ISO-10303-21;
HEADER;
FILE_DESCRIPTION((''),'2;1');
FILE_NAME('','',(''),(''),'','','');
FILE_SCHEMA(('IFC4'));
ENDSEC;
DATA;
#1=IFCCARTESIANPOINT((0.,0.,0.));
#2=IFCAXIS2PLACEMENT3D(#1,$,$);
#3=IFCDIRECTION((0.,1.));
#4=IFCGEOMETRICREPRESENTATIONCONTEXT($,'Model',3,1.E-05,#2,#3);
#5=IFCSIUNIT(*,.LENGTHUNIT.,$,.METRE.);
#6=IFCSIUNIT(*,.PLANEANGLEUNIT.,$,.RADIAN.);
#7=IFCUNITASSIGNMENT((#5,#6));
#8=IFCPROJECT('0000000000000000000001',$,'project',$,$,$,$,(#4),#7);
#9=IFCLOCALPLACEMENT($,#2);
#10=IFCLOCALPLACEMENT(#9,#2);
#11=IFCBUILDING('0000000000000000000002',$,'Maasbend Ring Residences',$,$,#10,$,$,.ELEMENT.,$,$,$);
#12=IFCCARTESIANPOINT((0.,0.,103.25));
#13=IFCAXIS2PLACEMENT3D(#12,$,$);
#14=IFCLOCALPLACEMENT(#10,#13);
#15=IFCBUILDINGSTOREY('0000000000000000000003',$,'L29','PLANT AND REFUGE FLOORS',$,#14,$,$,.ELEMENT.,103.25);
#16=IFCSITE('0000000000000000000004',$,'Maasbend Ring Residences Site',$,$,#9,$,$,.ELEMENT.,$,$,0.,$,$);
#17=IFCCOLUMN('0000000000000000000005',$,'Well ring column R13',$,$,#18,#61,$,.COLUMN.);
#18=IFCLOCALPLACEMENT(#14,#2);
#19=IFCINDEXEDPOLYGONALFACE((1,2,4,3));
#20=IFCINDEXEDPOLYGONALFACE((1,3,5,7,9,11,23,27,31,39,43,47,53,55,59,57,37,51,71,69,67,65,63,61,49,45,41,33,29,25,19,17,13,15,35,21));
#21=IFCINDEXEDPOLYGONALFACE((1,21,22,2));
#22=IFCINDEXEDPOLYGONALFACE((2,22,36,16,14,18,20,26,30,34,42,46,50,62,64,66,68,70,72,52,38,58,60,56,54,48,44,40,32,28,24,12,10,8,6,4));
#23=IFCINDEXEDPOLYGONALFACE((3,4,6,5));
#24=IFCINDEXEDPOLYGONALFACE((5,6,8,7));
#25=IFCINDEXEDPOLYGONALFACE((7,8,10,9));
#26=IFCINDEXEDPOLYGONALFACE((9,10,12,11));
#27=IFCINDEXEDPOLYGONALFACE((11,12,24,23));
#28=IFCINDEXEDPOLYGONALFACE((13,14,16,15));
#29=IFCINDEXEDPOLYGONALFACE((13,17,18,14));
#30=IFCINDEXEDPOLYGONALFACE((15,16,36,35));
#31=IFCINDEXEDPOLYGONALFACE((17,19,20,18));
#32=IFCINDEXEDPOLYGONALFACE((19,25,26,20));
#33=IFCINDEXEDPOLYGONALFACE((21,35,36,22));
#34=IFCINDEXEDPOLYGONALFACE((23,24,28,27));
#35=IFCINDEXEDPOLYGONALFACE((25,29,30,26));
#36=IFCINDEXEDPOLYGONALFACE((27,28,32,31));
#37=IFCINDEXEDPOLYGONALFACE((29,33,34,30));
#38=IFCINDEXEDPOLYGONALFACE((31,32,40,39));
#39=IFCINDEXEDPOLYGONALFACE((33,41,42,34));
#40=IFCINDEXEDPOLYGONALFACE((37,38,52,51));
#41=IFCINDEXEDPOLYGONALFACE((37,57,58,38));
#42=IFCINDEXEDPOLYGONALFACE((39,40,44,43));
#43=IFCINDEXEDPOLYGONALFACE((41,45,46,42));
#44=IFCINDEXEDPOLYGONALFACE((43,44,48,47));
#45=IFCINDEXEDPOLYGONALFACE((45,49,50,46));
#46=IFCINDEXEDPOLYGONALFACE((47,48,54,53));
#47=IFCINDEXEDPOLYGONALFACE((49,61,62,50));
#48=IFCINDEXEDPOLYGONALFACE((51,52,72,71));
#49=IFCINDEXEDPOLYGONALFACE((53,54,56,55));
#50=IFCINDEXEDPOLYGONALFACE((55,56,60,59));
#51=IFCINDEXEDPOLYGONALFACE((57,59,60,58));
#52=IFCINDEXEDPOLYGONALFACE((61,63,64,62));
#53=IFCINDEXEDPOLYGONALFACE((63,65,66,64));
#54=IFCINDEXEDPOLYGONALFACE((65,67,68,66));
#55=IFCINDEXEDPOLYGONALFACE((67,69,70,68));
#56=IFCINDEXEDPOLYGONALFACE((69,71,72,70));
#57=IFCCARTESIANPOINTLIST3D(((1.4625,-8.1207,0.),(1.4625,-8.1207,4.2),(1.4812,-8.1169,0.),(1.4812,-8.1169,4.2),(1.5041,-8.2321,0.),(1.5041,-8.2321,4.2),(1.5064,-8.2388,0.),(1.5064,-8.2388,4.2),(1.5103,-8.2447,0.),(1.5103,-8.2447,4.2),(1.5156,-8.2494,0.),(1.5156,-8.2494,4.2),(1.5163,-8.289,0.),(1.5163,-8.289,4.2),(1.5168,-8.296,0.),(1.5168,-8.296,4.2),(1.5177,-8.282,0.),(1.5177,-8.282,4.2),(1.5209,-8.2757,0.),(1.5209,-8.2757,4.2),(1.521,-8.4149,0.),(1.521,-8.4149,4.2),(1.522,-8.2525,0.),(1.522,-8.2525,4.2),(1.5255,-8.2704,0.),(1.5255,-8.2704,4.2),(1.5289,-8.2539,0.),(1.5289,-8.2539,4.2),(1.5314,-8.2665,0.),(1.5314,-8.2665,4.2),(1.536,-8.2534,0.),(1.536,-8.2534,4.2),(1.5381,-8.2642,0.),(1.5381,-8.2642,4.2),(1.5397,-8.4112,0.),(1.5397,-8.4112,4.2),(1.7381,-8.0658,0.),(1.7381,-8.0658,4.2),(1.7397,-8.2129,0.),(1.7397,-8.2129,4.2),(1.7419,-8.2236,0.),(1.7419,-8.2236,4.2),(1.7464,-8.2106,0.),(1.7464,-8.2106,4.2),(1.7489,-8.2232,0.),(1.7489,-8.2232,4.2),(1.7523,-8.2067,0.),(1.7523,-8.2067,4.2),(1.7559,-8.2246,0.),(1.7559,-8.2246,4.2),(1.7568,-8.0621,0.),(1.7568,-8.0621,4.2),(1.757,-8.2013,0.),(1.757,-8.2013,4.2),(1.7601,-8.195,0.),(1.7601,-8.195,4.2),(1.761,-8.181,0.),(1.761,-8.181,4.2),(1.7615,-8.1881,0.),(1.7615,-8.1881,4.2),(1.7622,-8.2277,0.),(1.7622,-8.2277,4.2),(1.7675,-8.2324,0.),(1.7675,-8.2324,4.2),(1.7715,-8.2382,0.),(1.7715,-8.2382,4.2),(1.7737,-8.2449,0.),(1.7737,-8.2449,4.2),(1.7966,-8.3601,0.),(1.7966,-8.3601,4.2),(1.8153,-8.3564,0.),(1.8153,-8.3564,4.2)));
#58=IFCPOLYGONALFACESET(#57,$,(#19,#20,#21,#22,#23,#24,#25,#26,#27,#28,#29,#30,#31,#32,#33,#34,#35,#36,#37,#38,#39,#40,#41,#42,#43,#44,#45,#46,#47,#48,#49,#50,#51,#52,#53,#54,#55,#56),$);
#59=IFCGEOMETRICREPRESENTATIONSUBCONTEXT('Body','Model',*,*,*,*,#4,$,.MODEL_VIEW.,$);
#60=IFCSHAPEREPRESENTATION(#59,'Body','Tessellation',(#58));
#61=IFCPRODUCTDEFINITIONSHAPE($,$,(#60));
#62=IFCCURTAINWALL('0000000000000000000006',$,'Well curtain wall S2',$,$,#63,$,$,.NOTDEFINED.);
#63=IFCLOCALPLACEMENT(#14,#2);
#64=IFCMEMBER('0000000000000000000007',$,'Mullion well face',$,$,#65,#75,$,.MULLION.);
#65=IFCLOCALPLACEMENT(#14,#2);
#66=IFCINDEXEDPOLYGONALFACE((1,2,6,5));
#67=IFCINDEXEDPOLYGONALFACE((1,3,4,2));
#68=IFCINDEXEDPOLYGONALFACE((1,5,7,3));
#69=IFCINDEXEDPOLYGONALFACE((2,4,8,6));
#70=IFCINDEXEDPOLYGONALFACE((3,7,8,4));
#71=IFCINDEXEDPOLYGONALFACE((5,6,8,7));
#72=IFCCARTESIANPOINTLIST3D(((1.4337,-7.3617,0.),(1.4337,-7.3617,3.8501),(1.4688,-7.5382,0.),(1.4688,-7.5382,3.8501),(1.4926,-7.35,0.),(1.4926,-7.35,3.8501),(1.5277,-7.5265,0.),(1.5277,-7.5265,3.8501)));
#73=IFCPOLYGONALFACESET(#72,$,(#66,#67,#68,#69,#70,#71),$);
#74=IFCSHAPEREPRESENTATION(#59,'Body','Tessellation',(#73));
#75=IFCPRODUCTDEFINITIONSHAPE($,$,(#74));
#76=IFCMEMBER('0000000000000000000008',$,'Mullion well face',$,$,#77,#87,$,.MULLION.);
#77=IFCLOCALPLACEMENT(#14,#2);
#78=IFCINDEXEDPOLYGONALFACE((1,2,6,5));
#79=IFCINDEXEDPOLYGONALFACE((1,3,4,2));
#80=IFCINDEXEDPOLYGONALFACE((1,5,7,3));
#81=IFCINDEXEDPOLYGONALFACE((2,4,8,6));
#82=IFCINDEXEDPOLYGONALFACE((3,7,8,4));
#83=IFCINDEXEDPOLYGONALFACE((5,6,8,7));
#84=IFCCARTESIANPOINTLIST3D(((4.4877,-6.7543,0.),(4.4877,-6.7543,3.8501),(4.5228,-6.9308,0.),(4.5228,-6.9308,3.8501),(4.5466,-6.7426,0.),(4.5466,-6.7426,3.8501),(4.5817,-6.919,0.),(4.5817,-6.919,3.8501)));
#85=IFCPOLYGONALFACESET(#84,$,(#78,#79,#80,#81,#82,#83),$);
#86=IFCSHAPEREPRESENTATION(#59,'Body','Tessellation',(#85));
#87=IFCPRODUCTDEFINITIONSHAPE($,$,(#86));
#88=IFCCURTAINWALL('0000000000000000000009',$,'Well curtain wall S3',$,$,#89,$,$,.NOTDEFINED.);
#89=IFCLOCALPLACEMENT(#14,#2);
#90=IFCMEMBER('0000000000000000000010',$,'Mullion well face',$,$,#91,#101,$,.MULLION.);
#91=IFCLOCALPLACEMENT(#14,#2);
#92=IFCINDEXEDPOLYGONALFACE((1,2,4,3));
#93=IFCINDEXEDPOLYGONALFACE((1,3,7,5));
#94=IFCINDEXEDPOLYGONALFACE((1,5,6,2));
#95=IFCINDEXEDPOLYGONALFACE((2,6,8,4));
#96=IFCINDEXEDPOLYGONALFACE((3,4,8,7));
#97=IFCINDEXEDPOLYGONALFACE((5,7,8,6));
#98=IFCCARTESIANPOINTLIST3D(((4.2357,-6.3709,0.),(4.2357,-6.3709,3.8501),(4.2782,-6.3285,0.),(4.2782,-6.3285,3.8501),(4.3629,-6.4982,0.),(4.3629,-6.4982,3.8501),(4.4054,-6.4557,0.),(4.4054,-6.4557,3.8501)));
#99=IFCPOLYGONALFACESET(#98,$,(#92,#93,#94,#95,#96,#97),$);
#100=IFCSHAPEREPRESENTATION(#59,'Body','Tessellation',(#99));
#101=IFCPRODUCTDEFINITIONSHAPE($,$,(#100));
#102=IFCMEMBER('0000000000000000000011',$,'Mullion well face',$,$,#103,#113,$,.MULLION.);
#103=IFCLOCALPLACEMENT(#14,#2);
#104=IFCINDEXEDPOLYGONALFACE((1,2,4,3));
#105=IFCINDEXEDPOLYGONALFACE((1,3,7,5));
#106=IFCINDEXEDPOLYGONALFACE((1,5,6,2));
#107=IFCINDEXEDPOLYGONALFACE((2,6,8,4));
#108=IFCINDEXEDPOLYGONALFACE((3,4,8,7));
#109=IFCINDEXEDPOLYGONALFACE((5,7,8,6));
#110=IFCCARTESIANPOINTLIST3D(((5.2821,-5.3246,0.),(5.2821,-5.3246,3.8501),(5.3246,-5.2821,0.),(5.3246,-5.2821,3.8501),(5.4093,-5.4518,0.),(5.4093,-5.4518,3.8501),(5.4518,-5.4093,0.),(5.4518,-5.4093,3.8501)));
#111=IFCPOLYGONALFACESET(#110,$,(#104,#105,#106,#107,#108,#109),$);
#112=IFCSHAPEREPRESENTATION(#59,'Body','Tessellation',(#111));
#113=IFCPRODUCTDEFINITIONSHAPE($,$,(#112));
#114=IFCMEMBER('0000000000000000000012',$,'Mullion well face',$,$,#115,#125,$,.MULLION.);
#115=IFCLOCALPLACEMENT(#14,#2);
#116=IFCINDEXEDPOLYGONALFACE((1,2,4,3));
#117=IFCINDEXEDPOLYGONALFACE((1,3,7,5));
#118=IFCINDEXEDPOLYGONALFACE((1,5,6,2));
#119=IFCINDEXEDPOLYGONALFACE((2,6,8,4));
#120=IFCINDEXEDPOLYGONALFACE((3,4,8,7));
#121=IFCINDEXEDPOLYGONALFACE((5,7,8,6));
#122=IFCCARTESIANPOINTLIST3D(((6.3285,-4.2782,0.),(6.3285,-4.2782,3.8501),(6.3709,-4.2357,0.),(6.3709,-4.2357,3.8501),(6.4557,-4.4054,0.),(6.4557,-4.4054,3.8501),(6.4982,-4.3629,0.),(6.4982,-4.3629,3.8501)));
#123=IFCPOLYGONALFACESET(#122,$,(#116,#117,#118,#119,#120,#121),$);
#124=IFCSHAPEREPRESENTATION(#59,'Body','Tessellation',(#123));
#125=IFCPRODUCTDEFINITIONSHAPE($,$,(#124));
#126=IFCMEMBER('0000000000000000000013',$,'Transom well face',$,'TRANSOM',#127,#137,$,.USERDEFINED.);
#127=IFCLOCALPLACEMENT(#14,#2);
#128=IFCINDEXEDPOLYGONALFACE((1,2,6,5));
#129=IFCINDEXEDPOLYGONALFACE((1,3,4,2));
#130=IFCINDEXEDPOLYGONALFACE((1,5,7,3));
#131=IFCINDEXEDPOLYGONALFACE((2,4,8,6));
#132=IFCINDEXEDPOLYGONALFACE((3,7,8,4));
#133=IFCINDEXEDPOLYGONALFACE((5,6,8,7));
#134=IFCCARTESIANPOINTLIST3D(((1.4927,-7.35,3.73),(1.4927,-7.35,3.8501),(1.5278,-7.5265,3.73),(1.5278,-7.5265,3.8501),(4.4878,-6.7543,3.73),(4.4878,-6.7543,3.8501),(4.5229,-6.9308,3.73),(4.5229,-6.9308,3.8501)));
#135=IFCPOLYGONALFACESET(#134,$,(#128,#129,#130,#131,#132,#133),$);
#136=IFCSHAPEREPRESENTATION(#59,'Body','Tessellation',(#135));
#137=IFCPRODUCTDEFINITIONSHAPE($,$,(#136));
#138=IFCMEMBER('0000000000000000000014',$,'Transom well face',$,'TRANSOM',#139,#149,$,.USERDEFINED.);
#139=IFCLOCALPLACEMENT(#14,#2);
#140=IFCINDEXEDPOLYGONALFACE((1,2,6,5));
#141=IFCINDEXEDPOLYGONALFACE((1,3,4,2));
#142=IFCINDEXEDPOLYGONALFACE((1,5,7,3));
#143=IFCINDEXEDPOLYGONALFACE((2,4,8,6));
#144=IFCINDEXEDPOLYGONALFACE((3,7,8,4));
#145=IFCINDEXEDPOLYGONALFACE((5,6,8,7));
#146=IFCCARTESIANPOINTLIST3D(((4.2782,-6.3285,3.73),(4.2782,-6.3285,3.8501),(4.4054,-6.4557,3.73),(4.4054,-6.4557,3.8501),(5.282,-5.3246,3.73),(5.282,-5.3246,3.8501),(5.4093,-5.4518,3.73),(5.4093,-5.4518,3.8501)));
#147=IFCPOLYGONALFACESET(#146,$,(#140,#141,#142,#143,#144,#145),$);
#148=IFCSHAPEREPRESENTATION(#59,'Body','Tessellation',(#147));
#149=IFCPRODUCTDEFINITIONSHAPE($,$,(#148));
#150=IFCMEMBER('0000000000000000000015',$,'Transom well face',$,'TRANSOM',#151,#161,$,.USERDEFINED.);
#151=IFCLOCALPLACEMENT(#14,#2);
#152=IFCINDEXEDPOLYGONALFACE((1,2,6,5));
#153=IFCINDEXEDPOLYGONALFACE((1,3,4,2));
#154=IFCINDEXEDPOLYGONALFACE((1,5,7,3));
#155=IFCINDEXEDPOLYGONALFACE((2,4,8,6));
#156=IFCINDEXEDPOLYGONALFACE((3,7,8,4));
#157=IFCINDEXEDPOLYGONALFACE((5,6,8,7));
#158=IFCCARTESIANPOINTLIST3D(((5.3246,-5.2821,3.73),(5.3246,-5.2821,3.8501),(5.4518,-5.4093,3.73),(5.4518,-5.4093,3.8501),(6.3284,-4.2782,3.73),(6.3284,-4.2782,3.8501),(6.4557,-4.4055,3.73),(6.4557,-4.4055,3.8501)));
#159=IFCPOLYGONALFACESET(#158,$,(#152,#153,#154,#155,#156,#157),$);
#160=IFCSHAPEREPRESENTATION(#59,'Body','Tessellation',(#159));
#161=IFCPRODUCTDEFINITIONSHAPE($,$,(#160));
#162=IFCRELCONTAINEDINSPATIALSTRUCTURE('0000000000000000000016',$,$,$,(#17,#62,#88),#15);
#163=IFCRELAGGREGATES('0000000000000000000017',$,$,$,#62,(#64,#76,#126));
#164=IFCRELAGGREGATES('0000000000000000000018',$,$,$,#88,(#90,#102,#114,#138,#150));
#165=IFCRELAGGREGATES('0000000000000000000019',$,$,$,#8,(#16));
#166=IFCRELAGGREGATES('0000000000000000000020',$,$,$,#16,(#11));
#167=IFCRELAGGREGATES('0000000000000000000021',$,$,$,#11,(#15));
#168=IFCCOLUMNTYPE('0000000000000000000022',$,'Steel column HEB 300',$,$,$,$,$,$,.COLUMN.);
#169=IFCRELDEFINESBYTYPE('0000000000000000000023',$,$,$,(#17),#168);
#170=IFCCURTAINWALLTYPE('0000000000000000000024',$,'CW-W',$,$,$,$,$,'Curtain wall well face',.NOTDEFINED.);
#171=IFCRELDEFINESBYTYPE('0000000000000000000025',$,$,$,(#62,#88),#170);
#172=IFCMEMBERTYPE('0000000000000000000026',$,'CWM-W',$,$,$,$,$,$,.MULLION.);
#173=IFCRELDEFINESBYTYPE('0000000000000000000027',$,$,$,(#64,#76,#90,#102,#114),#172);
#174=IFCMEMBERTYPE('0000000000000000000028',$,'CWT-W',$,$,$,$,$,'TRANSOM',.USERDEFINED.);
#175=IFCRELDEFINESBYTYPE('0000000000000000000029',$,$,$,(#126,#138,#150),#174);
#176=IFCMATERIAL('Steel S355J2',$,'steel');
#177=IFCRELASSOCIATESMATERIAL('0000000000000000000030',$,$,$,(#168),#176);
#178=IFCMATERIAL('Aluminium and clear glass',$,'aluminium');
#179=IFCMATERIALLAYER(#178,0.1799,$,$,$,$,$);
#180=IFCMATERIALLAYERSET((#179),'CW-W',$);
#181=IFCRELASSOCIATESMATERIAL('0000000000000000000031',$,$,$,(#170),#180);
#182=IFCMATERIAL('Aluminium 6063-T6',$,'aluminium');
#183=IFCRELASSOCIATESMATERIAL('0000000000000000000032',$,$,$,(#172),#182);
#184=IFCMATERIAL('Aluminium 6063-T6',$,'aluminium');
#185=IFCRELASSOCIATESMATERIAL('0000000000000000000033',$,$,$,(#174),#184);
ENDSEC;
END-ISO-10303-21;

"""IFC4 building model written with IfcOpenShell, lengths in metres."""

from ifc_helpers import new_model, si_unit, direction, frame, origin, origin_2d, place, context, subcontext, project, spatial, rectangle, i_section, extrude, material, layer, layer_set, material_profile, profile_set, type_object, element, aggregate, save


model = new_model("IFC4")

# Units and contexts
model_context = context("Model", 3, precision=1e-05, world=origin(), true_north=direction((0.0, 1.0)))
body_context = subcontext(model_context, "Body", "Model", "MODEL_VIEW")
ifc_project = project(units=[si_unit("LENGTHUNIT", "METRE"), si_unit("PLANEANGLEUNIT", "RADIAN")], contexts=[model_context])

# Site, building, storey
site_placement = place(None, origin())
site = spatial("IfcSite", under=ifc_project, at=site_placement, Name="Maasbend Ring Residences Site", CompositionType="ELEMENT", RefElevation=0.0)
building_placement = place(site_placement, origin())
building = spatial("IfcBuilding", under=site, at=building_placement, Name="Maasbend Ring Residences", CompositionType="ELEMENT")
storey_placement = place(building_placement, frame((0.0, 0.0, 103.25)))
storey = spatial("IfcBuildingStorey", under=building, at=storey_placement, Name="L29", Description="PLANT AND REFUGE FLOORS", CompositionType="ELEMENT", Elevation=103.25)

# Column
ifc_material_1 = material(Name="Steel S355J2", Category="steel")
ifc_material_profile_1 = material_profile(ifc_material_1, i_section(OverallWidth=0.3, OverallDepth=0.3, WebThickness=0.011, FlangeThickness=0.019, FilletRadius=0.0271, at=origin_2d()), Name="HEB 300")
ifc_profile_set_1 = profile_set([ifc_material_profile_1], Name="Steel S355J2")
column_type = type_object("IfcColumnType", Name="Steel column HEB 300", PredefinedType="COLUMN", material=ifc_profile_set_1)
column_placement = place(storey_placement, frame((1.6389, -8.2385, 0.0), z_axis=(0.0, 0.0, 1.0), x_axis=(0.19509, -0.980785, 0.0)))
element("IfcColumn", 1, at=column_placement, inside=storey, type_object=column_type, Name="Well ring column R13", PredefinedType="COLUMN", context=body_context, shape_type="SweptSolid", body=[
    extrude(i_section(OverallWidth=0.3, OverallDepth=0.3, WebThickness=0.011, FlangeThickness=0.019, FilletRadius=0.0271, at=origin_2d()), origin(), (0.0, 0.0, 1.0), 4.2),
])

# Curtain walls, members
ifc_material_2 = material(Name="Aluminium and clear glass", Category="aluminium")
ifc_layer_1 = layer(ifc_material_2, 0.1799)
ifc_layer_set_1 = layer_set([ifc_layer_1], Name="CW-W")
curtain_wall_type = type_object("IfcCurtainWallType", Name="CW-W", ElementType="Curtain wall well face", PredefinedType="NOTDEFINED", material=ifc_layer_set_1)
curtain_wall_1_placement = place(storey_placement, origin())
curtain_wall_1 = element("IfcCurtainWall", 2, at=curtain_wall_1_placement, inside=storey, type_object=curtain_wall_type, Name="Well curtain wall S2", PredefinedType="NOTDEFINED")
ifc_material_3 = material(Name="Aluminium 6063-T6", Category="aluminium")
ifc_material_profile_2 = material_profile(ifc_material_3, rectangle(XDim=0.1799, YDim=0.0601, at=origin_2d()), Name="AL 180x60")
ifc_profile_set_2 = profile_set([ifc_material_profile_2], Name="Aluminium 6063-T6")
member_type_1 = type_object("IfcMemberType", Name="CWM-W", PredefinedType="MULLION", material=ifc_profile_set_2)
member_1_placement = place(storey_placement, frame((1.4807, -7.4441, 0.0), z_axis=(0.0, 0.0, 1.0), x_axis=(-0.19509, 0.980785, 0.0)))
member_1 = element("IfcMember", 3, at=member_1_placement, type_object=member_type_1, Name="Mullion well face", PredefinedType="MULLION", context=body_context, shape_type="SweptSolid", body=[
    extrude(rectangle(XDim=0.1799, YDim=0.0601, at=origin_2d()), origin(), (0.0, 0.0, 1.0), 3.8501),
])
member_2_placement = place(storey_placement, frame((4.5347, -6.8367, 0.0), z_axis=(0.0, 0.0, 1.0), x_axis=(-0.19509, 0.980785, 0.0)))
member_2 = element("IfcMember", 4, at=member_2_placement, type_object=member_type_1, Name="Mullion well face", PredefinedType="MULLION", context=body_context, shape_type="SweptSolid", body=[
    extrude(rectangle(XDim=0.1799, YDim=0.0601, at=origin_2d()), origin(), (0.0, 0.0, 1.0), 3.8501),
])
curtain_wall_2_placement = place(storey_placement, origin())
curtain_wall_2 = element("IfcCurtainWall", 5, at=curtain_wall_2_placement, inside=storey, type_object=curtain_wall_type, Name="Well curtain wall S3", PredefinedType="NOTDEFINED")
member_3_placement = place(storey_placement, frame((4.3206, -6.4133, 0.0), z_axis=(0.0, 0.0, 1.0), x_axis=(-0.707107, 0.707107, 0.0)))
member_3 = element("IfcMember", 6, at=member_3_placement, type_object=member_type_1, Name="Mullion well face", PredefinedType="MULLION", context=body_context, shape_type="SweptSolid", body=[
    extrude(rectangle(XDim=0.1799, YDim=0.0601, at=origin_2d()), origin(), (0.0, 0.0, 1.0), 3.8501),
])
member_4_placement = place(storey_placement, frame((5.3669, -5.3669, 0.0), z_axis=(0.0, 0.0, 1.0), x_axis=(-0.707107, 0.707107, 0.0)))
member_4 = element("IfcMember", 7, at=member_4_placement, type_object=member_type_1, Name="Mullion well face", PredefinedType="MULLION", context=body_context, shape_type="SweptSolid", body=[
    extrude(rectangle(XDim=0.1799, YDim=0.0601, at=origin_2d()), origin(), (0.0, 0.0, 1.0), 3.8501),
])
member_5_placement = place(storey_placement, frame((6.4133, -4.3206, 0.0), z_axis=(0.0, 0.0, 1.0), x_axis=(-0.707107, 0.707107, 0.0)))
member_5 = element("IfcMember", 8, at=member_5_placement, type_object=member_type_1, Name="Mullion well face", PredefinedType="MULLION", context=body_context, shape_type="SweptSolid", body=[
    extrude(rectangle(XDim=0.1799, YDim=0.0601, at=origin_2d()), origin(), (0.0, 0.0, 1.0), 3.8501),
])

# Members
ifc_material_4 = material(Name="Aluminium 6063-T6", Category="aluminium")
ifc_material_profile_3 = material_profile(ifc_material_4, rectangle(XDim=0.1799, YDim=0.1201, at=origin_2d()), Name="AL 180x120")
ifc_profile_set_3 = profile_set([ifc_material_profile_3], Name="Aluminium 6063-T6")
member_type_2 = type_object("IfcMemberType", Name="CWT-W", ElementType="TRANSOM", PredefinedType="USERDEFINED", material=ifc_profile_set_3)
member_6_placement = place(storey_placement, frame((1.5103, -7.4382, 3.79), z_axis=(0.980789, 0.195071, 0.0), x_axis=(-0.195071, 0.980789, 0.0)))
member_6 = element("IfcMember", 9, at=member_6_placement, type_object=member_type_2, Name="Transom well face", ObjectType="TRANSOM", PredefinedType="USERDEFINED", context=body_context, shape_type="SweptSolid", body=[
    extrude(rectangle(XDim=0.1799, YDim=0.1201, at=origin_2d()), origin(), (0.0, 0.0, 1.0), 3.0537),
])
member_7_placement = place(storey_placement, frame((4.3418, -6.3921, 3.79), z_axis=(0.707107, 0.707107, 0.0), x_axis=(-0.707107, 0.707107, 0.0)))
member_7 = element("IfcMember", 10, at=member_7_placement, type_object=member_type_2, Name="Transom well face", ObjectType="TRANSOM", PredefinedType="USERDEFINED", context=body_context, shape_type="SweptSolid", body=[
    extrude(rectangle(XDim=0.1799, YDim=0.1201, at=origin_2d()), origin(), (0.0, 0.0, 1.0), 1.4197),
])
member_8_placement = place(storey_placement, frame((5.3882, -5.3457, 3.79), z_axis=(0.707107, 0.707107, 0.0), x_axis=(-0.707107, 0.707107, 0.0)))
member_8 = element("IfcMember", 11, at=member_8_placement, type_object=member_type_2, Name="Transom well face", ObjectType="TRANSOM", PredefinedType="USERDEFINED", context=body_context, shape_type="SweptSolid", body=[
    extrude(rectangle(XDim=0.1799, YDim=0.1201, at=origin_2d()), origin(), (0.0, 0.0, 1.0), 1.4197),
])

aggregate(curtain_wall_1, [member_1, member_2, member_6])
aggregate(curtain_wall_2, [member_3, member_4, member_5, member_7, member_8])

save(model, "model.ifc")
